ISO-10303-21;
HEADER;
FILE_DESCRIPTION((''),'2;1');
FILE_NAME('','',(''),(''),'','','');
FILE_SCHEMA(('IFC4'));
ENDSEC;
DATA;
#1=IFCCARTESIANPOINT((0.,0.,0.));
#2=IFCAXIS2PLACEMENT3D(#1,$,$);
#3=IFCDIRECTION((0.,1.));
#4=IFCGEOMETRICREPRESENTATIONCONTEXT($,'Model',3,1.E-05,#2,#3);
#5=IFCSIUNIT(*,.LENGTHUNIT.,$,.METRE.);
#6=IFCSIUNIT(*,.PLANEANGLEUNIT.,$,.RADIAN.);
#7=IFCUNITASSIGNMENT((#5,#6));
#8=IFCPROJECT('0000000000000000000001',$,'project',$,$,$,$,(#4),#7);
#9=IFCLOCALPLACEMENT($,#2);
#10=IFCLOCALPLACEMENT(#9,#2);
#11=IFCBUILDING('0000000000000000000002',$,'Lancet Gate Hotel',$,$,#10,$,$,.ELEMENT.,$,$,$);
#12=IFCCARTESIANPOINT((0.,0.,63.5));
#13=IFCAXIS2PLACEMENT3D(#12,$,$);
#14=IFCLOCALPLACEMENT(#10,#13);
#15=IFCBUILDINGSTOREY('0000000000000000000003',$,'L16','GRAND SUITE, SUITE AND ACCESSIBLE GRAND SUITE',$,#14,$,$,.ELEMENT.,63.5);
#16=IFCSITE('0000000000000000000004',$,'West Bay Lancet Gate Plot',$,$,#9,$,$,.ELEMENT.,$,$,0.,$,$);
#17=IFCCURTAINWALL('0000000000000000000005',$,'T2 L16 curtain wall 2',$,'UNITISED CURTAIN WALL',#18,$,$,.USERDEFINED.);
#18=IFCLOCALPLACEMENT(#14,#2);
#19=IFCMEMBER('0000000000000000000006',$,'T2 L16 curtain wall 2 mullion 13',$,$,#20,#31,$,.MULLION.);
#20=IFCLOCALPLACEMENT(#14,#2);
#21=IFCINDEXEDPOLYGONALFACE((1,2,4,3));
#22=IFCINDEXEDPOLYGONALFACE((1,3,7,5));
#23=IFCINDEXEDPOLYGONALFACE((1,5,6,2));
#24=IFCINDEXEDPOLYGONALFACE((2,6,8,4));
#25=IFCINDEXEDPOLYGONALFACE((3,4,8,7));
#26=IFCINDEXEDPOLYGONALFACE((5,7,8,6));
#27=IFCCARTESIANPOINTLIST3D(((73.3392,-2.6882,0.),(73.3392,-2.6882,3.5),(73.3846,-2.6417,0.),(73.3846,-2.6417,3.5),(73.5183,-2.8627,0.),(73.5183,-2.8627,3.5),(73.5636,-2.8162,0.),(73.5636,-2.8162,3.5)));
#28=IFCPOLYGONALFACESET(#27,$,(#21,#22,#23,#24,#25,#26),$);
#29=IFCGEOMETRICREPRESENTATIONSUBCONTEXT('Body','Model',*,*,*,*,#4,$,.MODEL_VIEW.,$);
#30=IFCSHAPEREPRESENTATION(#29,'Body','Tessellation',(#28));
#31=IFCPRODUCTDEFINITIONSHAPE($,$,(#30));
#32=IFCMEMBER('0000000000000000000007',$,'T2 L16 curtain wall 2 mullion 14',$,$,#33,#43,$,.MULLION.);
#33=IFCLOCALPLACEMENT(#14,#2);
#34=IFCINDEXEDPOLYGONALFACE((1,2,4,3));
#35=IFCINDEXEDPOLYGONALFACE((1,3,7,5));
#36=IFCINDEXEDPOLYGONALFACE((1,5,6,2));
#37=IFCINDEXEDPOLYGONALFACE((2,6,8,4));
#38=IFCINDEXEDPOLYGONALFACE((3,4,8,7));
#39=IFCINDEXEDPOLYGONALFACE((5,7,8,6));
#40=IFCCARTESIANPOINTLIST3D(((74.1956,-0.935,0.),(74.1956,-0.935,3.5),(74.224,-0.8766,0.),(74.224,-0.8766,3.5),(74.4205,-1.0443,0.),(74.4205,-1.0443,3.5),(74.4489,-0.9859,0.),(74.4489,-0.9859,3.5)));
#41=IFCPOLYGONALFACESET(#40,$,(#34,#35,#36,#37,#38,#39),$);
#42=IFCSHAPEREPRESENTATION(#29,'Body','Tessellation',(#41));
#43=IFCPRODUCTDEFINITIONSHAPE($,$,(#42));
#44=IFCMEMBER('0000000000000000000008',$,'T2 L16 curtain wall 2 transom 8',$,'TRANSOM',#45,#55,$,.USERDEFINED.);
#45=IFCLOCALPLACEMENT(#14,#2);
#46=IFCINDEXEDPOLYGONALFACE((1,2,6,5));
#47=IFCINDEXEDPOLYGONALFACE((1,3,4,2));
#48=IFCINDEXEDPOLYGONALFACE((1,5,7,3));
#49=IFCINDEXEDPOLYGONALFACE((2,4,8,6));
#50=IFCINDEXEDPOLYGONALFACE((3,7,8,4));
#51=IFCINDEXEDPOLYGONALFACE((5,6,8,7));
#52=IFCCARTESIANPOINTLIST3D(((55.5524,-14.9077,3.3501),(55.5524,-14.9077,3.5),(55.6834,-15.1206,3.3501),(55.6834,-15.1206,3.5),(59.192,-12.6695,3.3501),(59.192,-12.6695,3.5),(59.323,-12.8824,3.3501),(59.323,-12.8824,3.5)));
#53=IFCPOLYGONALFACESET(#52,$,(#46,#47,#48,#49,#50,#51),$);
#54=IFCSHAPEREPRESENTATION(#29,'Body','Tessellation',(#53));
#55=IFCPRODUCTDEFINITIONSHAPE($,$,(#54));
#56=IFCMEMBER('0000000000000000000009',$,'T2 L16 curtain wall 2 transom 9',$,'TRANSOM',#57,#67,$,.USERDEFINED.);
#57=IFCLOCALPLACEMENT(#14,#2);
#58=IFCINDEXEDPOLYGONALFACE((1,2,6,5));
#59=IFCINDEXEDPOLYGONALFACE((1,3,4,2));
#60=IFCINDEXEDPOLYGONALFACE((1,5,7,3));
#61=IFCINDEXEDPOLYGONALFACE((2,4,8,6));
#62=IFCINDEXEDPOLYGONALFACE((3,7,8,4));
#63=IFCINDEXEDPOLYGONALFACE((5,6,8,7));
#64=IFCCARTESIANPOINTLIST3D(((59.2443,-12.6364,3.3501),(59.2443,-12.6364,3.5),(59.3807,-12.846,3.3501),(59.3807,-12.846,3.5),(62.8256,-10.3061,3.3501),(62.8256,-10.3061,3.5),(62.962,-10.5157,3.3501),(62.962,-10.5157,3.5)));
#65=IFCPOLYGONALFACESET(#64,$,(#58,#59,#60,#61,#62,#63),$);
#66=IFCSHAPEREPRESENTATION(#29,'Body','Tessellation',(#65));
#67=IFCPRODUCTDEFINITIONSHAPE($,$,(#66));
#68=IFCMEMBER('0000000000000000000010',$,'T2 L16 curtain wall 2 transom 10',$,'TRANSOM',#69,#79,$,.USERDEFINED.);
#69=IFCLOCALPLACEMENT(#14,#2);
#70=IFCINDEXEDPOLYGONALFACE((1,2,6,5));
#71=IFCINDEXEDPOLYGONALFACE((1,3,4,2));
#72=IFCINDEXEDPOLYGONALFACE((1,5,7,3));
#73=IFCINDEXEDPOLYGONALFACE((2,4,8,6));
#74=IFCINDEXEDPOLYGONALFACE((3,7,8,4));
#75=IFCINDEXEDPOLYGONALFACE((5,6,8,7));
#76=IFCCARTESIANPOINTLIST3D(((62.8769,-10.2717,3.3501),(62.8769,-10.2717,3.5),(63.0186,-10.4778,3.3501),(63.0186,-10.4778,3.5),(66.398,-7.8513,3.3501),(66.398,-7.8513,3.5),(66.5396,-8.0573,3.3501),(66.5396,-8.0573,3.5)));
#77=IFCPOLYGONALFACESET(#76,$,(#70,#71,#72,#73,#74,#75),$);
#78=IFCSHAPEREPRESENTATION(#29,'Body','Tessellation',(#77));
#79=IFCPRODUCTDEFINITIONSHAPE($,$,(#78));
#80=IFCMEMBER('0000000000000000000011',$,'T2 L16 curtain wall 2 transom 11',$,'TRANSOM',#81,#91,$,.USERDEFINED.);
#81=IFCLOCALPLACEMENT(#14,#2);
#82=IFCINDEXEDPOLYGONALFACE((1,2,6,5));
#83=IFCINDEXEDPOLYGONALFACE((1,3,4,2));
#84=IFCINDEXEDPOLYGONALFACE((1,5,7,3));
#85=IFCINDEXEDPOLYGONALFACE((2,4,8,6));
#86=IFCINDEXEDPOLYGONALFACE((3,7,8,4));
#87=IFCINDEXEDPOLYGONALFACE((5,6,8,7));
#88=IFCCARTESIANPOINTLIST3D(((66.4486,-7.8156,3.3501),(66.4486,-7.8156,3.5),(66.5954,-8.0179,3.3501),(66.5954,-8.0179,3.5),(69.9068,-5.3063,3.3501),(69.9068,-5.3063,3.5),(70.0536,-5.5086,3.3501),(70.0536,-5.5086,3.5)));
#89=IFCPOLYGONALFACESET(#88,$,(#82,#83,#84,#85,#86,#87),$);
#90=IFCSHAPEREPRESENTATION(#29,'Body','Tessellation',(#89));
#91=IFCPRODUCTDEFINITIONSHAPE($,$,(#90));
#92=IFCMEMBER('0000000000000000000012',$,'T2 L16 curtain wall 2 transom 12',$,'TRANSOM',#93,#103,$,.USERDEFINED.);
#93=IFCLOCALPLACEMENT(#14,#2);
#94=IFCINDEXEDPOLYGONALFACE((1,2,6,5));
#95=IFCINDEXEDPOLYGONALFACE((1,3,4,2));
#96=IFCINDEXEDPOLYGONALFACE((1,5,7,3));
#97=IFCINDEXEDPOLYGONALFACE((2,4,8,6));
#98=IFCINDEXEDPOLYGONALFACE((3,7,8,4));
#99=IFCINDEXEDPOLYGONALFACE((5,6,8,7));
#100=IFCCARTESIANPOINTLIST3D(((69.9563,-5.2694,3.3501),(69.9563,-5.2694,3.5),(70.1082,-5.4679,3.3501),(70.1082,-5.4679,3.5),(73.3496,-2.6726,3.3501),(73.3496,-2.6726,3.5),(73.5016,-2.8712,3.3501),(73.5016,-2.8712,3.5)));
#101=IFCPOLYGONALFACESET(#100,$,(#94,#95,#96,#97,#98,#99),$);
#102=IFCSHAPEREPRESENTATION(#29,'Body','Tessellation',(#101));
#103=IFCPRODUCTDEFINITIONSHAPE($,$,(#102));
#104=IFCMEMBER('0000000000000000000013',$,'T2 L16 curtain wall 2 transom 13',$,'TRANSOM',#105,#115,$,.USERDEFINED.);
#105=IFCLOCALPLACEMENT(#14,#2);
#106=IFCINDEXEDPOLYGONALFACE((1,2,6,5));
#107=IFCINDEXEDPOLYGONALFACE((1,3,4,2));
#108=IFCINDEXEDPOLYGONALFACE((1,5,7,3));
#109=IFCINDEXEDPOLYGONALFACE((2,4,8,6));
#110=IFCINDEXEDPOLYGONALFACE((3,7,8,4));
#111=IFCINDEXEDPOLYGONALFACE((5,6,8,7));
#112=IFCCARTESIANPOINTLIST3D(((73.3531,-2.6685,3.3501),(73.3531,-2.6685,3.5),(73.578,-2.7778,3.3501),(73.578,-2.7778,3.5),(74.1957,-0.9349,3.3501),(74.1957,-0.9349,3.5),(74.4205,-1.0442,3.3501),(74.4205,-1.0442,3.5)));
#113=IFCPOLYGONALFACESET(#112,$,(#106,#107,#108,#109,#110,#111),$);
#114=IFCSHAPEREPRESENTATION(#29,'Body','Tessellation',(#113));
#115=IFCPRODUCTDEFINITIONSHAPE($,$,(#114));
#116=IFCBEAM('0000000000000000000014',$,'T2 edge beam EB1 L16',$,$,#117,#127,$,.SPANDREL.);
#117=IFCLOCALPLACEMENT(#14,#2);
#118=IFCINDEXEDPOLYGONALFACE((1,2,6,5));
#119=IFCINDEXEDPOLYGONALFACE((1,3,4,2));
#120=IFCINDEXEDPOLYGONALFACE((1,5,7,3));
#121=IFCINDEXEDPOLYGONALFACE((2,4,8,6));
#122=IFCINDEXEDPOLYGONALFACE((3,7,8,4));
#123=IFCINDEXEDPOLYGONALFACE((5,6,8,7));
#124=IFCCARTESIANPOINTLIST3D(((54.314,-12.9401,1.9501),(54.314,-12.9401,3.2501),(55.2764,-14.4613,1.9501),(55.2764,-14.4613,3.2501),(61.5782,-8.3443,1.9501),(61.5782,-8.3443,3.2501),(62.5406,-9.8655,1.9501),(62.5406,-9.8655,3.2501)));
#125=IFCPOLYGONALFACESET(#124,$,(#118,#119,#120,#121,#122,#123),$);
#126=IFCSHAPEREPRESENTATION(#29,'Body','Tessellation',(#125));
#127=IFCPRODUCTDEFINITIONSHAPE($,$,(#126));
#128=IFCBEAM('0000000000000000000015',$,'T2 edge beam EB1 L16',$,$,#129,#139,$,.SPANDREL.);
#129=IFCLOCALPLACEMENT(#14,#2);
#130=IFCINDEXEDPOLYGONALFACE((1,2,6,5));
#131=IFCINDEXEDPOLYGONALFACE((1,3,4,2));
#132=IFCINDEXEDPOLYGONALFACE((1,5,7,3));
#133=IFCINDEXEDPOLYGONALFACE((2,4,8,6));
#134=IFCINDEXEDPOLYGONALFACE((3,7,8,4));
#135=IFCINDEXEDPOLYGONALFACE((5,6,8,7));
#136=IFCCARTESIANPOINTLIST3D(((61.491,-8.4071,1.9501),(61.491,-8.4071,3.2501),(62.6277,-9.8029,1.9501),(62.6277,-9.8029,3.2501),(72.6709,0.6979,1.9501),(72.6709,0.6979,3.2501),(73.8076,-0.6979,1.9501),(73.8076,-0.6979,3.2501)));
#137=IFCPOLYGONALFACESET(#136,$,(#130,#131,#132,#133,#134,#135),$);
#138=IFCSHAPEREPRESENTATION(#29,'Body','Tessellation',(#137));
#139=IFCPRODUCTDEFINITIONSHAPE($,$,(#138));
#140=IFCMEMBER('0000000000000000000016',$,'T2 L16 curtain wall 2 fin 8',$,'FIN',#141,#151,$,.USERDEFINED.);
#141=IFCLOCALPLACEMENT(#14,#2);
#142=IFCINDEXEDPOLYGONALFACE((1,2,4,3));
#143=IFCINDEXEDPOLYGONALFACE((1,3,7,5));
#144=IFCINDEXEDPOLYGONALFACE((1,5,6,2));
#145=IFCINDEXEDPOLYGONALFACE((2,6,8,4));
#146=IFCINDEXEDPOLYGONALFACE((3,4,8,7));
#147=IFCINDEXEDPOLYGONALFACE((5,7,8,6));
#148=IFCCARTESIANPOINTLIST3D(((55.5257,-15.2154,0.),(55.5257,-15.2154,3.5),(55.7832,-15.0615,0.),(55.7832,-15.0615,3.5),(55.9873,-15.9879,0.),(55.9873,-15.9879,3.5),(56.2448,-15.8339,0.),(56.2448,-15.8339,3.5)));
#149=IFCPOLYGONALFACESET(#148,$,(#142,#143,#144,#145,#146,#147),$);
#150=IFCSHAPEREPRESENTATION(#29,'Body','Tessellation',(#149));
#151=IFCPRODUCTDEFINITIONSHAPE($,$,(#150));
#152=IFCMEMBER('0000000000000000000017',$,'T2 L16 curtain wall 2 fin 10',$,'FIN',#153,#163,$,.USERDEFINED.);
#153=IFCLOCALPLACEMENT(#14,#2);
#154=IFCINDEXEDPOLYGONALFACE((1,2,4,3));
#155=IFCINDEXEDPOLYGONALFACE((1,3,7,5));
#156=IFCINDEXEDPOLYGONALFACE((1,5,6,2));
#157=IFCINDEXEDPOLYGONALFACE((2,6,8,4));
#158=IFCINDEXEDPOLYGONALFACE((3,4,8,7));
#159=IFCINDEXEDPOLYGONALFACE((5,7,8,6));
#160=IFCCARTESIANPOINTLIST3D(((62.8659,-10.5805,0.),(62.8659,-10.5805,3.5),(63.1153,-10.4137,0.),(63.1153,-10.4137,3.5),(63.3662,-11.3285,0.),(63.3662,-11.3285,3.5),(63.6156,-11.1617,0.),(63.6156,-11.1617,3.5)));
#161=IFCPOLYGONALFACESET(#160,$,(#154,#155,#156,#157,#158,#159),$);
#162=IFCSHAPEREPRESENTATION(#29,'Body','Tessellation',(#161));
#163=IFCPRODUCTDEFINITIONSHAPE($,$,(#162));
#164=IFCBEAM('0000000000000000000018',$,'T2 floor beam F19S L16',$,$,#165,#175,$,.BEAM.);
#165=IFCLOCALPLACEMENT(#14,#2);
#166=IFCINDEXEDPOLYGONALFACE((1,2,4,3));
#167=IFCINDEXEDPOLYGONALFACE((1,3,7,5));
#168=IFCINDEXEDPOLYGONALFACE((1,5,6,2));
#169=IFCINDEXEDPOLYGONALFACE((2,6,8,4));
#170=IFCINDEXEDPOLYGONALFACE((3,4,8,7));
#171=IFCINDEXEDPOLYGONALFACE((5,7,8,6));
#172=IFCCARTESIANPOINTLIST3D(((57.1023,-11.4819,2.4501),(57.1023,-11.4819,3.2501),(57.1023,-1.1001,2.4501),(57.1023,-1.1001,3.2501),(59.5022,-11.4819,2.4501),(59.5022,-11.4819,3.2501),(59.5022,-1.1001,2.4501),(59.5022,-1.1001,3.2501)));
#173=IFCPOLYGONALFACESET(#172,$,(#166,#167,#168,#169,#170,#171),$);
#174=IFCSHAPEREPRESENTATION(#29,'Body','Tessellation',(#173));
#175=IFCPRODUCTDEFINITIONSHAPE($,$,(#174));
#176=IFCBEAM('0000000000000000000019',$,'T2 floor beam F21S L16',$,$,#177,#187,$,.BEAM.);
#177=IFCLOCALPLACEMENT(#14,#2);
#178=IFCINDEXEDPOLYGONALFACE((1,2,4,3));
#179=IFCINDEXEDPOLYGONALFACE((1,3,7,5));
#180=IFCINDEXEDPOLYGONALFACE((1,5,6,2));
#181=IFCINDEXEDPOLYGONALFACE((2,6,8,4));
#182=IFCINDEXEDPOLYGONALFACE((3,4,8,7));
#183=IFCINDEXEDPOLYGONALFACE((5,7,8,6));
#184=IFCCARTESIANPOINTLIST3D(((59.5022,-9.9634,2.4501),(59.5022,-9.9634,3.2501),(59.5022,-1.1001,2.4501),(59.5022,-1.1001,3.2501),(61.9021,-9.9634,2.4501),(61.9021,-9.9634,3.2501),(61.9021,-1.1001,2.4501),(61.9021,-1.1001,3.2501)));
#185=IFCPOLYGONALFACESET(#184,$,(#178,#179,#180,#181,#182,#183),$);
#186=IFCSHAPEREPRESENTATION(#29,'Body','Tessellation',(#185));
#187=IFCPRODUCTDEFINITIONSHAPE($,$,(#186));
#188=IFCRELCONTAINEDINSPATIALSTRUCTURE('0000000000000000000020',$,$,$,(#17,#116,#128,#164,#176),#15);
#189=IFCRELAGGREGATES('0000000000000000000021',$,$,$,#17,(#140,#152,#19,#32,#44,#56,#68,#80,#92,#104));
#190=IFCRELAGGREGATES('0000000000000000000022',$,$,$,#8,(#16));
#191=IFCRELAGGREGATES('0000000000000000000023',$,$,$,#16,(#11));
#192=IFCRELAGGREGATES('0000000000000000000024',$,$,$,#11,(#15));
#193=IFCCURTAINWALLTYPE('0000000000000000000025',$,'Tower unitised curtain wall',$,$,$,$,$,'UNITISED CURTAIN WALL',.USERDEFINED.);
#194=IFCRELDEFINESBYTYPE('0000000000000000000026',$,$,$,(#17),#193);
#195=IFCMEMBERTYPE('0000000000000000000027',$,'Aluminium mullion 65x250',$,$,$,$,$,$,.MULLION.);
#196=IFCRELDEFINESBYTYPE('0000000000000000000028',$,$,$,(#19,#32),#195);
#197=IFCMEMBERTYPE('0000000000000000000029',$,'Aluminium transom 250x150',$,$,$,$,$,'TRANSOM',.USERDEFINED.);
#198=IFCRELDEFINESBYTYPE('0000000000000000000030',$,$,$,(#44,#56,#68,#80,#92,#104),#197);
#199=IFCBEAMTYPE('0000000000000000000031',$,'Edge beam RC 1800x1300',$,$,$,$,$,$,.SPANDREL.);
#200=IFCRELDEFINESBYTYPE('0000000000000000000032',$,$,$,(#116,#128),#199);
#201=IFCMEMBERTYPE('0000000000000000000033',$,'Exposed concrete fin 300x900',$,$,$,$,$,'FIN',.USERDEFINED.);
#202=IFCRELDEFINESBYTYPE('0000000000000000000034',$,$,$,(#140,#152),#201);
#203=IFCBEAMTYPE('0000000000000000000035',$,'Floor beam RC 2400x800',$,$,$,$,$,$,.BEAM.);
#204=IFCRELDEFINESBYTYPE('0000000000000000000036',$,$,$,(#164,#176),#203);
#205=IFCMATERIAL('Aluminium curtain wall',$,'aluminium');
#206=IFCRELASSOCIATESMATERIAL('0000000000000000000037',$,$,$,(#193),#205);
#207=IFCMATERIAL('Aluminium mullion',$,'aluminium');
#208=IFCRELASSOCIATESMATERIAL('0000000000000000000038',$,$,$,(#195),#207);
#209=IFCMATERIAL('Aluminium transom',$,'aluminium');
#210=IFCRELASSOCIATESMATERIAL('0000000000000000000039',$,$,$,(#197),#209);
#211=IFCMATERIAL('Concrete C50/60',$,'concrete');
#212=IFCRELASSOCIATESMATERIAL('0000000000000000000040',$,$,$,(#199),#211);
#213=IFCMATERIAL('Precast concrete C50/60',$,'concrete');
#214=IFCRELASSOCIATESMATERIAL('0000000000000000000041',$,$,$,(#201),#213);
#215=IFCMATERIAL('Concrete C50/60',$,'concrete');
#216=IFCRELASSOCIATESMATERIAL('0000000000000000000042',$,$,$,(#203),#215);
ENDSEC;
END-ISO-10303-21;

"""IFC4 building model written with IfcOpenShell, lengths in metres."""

from ifc_helpers import new_model, si_unit, direction, frame, origin, origin_2d, place, context, subcontext, project, spatial, rectangle, extrude, material, material_profile, profile_set, type_object, element, aggregate, save


model = new_model("IFC4")

# Units and contexts
model_context = context("Model", 3, precision=1e-05, world=origin(), true_north=direction((0.0, 1.0)))
body_context = subcontext(model_context, "Body", "Model", "MODEL_VIEW")
ifc_project = project(units=[si_unit("LENGTHUNIT", "METRE"), si_unit("PLANEANGLEUNIT", "RADIAN")], contexts=[model_context])

# Site, building, storey
site_placement = place(None, origin())
site = spatial("IfcSite", under=ifc_project, at=site_placement, Name="West Bay Lancet Gate Plot", CompositionType="ELEMENT", RefElevation=0.0)
building_placement = place(site_placement, origin())
building = spatial("IfcBuilding", under=site, at=building_placement, Name="Lancet Gate Hotel", CompositionType="ELEMENT")
storey_placement = place(building_placement, frame((0.0, 0.0, 63.5)))
storey = spatial("IfcBuildingStorey", under=building, at=storey_placement, Name="L16", Description="GRAND SUITE, SUITE AND ACCESSIBLE GRAND SUITE", CompositionType="ELEMENT", Elevation=63.5)

# Curtain wall, members
ifc_material_1 = material(Name="Aluminium curtain wall", Category="aluminium")
curtain_wall_type = type_object("IfcCurtainWallType", Name="Tower unitised curtain wall", ElementType="UNITISED CURTAIN WALL", PredefinedType="USERDEFINED", material=ifc_material_1)
curtain_wall_placement = place(storey_placement, origin())
curtain_wall = element("IfcCurtainWall", 1, at=curtain_wall_placement, inside=storey, type_object=curtain_wall_type, Name="T2 L16 curtain wall 2", ObjectType="UNITISED CURTAIN WALL", PredefinedType="USERDEFINED")
ifc_material_2 = material(Name="Aluminium mullion", Category="aluminium")
ifc_material_profile_1 = material_profile(ifc_material_2, rectangle(XDim=0.0649, YDim=0.25, at=origin_2d()), Name="MULLION 65x250")
ifc_profile_set_1 = profile_set([ifc_material_profile_1], Name="Aluminium mullion")
member_type_1 = type_object("IfcMemberType", Name="Aluminium mullion 65x250", PredefinedType="MULLION", material=ifc_profile_set_1)
member_1_placement = place(storey_placement, frame((73.4514, -2.7522, 0.0), z_axis=(0.0, 0.0, 1.0), x_axis=(0.697983, 0.716114, 0.0)))
member_1 = element("IfcMember", 2, at=member_1_placement, type_object=member_type_1, Name="T2 L16 curtain wall 2 mullion 13", PredefinedType="MULLION", context=body_context, shape_type="SweptSolid", body=[
    extrude(rectangle(XDim=0.0649, YDim=0.25, at=origin_2d()), origin(), (0.0, 0.0, 1.0), 3.5),
])
member_2_placement = place(storey_placement, frame((74.3223, -0.9604, 0.0), z_axis=(0.0, 0.0, 1.0), x_axis=(0.437169, 0.899379, 0.0)))
member_2 = element("IfcMember", 3, at=member_2_placement, type_object=member_type_1, Name="T2 L16 curtain wall 2 mullion 14", PredefinedType="MULLION", context=body_context, shape_type="SweptSolid", body=[
    extrude(rectangle(XDim=0.0649, YDim=0.25, at=origin_2d()), origin(), (0.0, 0.0, 1.0), 3.5),
])
ifc_material_3 = material(Name="Aluminium transom", Category="aluminium")
ifc_material_profile_2 = material_profile(ifc_material_3, rectangle(XDim=0.25, YDim=0.1499, at=origin_2d()), Name="TRANSOM 250x150")
ifc_profile_set_2 = profile_set([ifc_material_profile_2], Name="Aluminium transom")
member_type_2 = type_object("IfcMemberType", Name="Aluminium transom 250x150", ElementType="TRANSOM", PredefinedType="USERDEFINED", material=ifc_profile_set_2)
member_3_placement = place(storey_placement, frame((55.6179, -15.0142, 3.425), z_axis=(0.851815, 0.523842, 0.0), x_axis=(-0.523842, 0.851815, 0.0)))
member_3 = element("IfcMember", 4, at=member_3_placement, type_object=member_type_2, Name="T2 L16 curtain wall 2 transom 8", ObjectType="TRANSOM", PredefinedType="USERDEFINED", context=body_context, shape_type="SweptSolid", body=[
    extrude(rectangle(XDim=0.25, YDim=0.1499, at=origin_2d()), origin(), (0.0, 0.0, 1.0), 4.2727),
])
member_4_placement = place(storey_placement, frame((59.3125, -12.7412, 3.425), z_axis=(0.838179, 0.545396, 0.0), x_axis=(-0.545396, 0.838179, 0.0)))
member_4 = element("IfcMember", 5, at=member_4_placement, type_object=member_type_2, Name="T2 L16 curtain wall 2 transom 9", ObjectType="TRANSOM", PredefinedType="USERDEFINED", context=body_context, shape_type="SweptSolid", body=[
    extrude(rectangle(XDim=0.25, YDim=0.1499, at=origin_2d()), origin(), (0.0, 0.0, 1.0), 4.2727),
])
member_5_placement = place(storey_placement, frame((62.9478, -10.3748, 3.425), z_axis=(0.824072, 0.566485, 0.0), x_axis=(-0.566485, 0.824072, 0.0)))
member_5 = element("IfcMember", 6, at=member_5_placement, type_object=member_type_2, Name="T2 L16 curtain wall 2 transom 10", ObjectType="TRANSOM", PredefinedType="USERDEFINED", context=body_context, shape_type="SweptSolid", body=[
    extrude(rectangle(XDim=0.25, YDim=0.1499, at=origin_2d()), origin(), (0.0, 0.0, 1.0), 4.2727),
])
member_6_placement = place(storey_placement, frame((66.522, -7.9167, 3.425), z_axis=(0.809383, 0.587281, 0.0), x_axis=(-0.587281, 0.809383, 0.0)))
member_6 = element("IfcMember", 7, at=member_6_placement, type_object=member_type_2, Name="T2 L16 curtain wall 2 transom 11", ObjectType="TRANSOM", PredefinedType="USERDEFINED", context=body_context, shape_type="SweptSolid", body=[
    extrude(rectangle(XDim=0.25, YDim=0.1499, at=origin_2d()), origin(), (0.0, 0.0, 1.0), 4.2727),
])
member_7_placement = place(storey_placement, frame((70.0322, -5.3687, 3.425), z_axis=(0.794155, 0.607715, 0.0), x_axis=(-0.607715, 0.794155, 0.0)))
member_7 = element("IfcMember", 8, at=member_7_placement, type_object=member_type_2, Name="T2 L16 curtain wall 2 transom 12", ObjectType="TRANSOM", PredefinedType="USERDEFINED", context=body_context, shape_type="SweptSolid", body=[
    extrude(rectangle(XDim=0.25, YDim=0.1499, at=origin_2d()), origin(), (0.0, 0.0, 1.0), 4.2729),
])
member_8_placement = place(storey_placement, frame((73.4656, -2.7231, 3.425), z_axis=(0.437103, 0.899411, 0.0), x_axis=(-0.899411, 0.437103, 0.0)))
member_8 = element("IfcMember", 9, at=member_8_placement, type_object=member_type_2, Name="T2 L16 curtain wall 2 transom 13", ObjectType="TRANSOM", PredefinedType="USERDEFINED", context=body_context, shape_type="SweptSolid", body=[
    extrude(rectangle(XDim=0.25, YDim=0.1499, at=origin_2d()), origin(), (0.0, 0.0, 1.0), 1.9275),
])

# Beams
ifc_material_4 = material(Name="Concrete C50/60", Category="concrete")
ifc_material_profile_3 = material_profile(ifc_material_4, rectangle(XDim=1.8, YDim=1.3, at=origin_2d()), Name="RC 1800x1300")
ifc_profile_set_3 = profile_set([ifc_material_profile_3], Name="Concrete C50/60")
beam_type_1 = type_object("IfcBeamType", Name="Edge beam RC 1800x1300", PredefinedType="SPANDREL", material=ifc_profile_set_3)
beam_1_placement = place(storey_placement, frame((54.7952, -13.7007, 2.6001), z_axis=(0.845078, 0.534643, 0.0), x_axis=(-0.534643, 0.845078, 0.0)))
element("IfcBeam", 10, at=beam_1_placement, inside=storey, type_object=beam_type_1, Name="T2 edge beam EB1 L16", PredefinedType="SPANDREL", context=body_context, shape_type="SweptSolid", body=[
    extrude(rectangle(XDim=1.8, YDim=1.3, at=origin_2d()), origin(), (0.0, 0.0, 1.0), 8.5959),
])
beam_2_placement = place(storey_placement, frame((62.0593, -9.105, 2.6001), z_axis=(0.775391, 0.631481, 0.0), x_axis=(-0.631481, 0.775391, 0.0)))
element("IfcBeam", 11, at=beam_2_placement, inside=storey, type_object=beam_type_1, Name="T2 edge beam EB1 L16", PredefinedType="SPANDREL", context=body_context, shape_type="SweptSolid", body=[
    extrude(rectangle(XDim=1.8, YDim=1.3, at=origin_2d()), origin(), (0.0, 0.0, 1.0), 14.4185),
])

# Members
ifc_material_5 = material(Name="Precast concrete C50/60", Category="concrete")
ifc_material_profile_4 = material_profile(ifc_material_5, rectangle(XDim=0.3, YDim=0.8999, at=origin_2d()), Name="FIN 300x900")
ifc_profile_set_4 = profile_set([ifc_material_profile_4], Name="Precast concrete C50/60")
member_type_3 = type_object("IfcMemberType", Name="Exposed concrete fin 300x900", ElementType="FIN", PredefinedType="USERDEFINED", material=ifc_profile_set_4)
member_9_placement = place(storey_placement, frame((55.8853, -15.5247, 0.0), z_axis=(0.0, 0.0, 1.0), x_axis=(0.858413, 0.512959, 0.0)))
member_9 = element("IfcMember", 12, at=member_9_placement, type_object=member_type_3, Name="T2 L16 curtain wall 2 fin 8", ObjectType="FIN", PredefinedType="USERDEFINED", context=body_context, shape_type="SweptSolid", body=[
    extrude(rectangle(XDim=0.3, YDim=0.8999, at=origin_2d()), origin(), (0.0, 0.0, 1.0), 3.5),
])
member_10_placement = place(storey_placement, frame((63.2407, -10.8711, 0.0), z_axis=(0.0, 0.0, 1.0), x_axis=(0.831198, 0.555976, 0.0)))
member_10 = element("IfcMember", 13, at=member_10_placement, type_object=member_type_3, Name="T2 L16 curtain wall 2 fin 10", ObjectType="FIN", PredefinedType="USERDEFINED", context=body_context, shape_type="SweptSolid", body=[
    extrude(rectangle(XDim=0.3, YDim=0.8999, at=origin_2d()), origin(), (0.0, 0.0, 1.0), 3.5),
])

# Beams
ifc_material_6 = material(Name="Concrete C50/60", Category="concrete")
ifc_material_profile_5 = material_profile(ifc_material_6, rectangle(XDim=2.3999, YDim=0.8, at=origin_2d()), Name="RC 2400x800")
ifc_profile_set_5 = profile_set([ifc_material_profile_5], Name="Concrete C50/60")
beam_type_2 = type_object("IfcBeamType", Name="Floor beam RC 2400x800", PredefinedType="BEAM", material=ifc_profile_set_5)
beam_3_placement = place(storey_placement, frame((58.3022, -11.4819, 2.8501), z_axis=(0.0, 1.0, 0.0), x_axis=(-1.0, 0.0, 0.0)))
element("IfcBeam", 14, at=beam_3_placement, inside=storey, type_object=beam_type_2, Name="T2 floor beam F19S L16", PredefinedType="BEAM", context=body_context, shape_type="SweptSolid", body=[
    extrude(rectangle(XDim=2.3999, YDim=0.8, at=origin_2d()), origin(), (0.0, 0.0, 1.0), 10.3818),
])
beam_4_placement = place(storey_placement, frame((60.7021, -9.9634, 2.8501), z_axis=(0.0, 1.0, 0.0), x_axis=(-1.0, 0.0, 0.0)))
element("IfcBeam", 15, at=beam_4_placement, inside=storey, type_object=beam_type_2, Name="T2 floor beam F21S L16", PredefinedType="BEAM", context=body_context, shape_type="SweptSolid", body=[
    extrude(rectangle(XDim=2.3999, YDim=0.8, at=origin_2d()), origin(), (0.0, 0.0, 1.0), 8.8633),
])

aggregate(curtain_wall, [member_9, member_10, member_1, member_2, member_3, member_4, member_5, member_6, member_7, member_8])

save(model, "model.ifc")
